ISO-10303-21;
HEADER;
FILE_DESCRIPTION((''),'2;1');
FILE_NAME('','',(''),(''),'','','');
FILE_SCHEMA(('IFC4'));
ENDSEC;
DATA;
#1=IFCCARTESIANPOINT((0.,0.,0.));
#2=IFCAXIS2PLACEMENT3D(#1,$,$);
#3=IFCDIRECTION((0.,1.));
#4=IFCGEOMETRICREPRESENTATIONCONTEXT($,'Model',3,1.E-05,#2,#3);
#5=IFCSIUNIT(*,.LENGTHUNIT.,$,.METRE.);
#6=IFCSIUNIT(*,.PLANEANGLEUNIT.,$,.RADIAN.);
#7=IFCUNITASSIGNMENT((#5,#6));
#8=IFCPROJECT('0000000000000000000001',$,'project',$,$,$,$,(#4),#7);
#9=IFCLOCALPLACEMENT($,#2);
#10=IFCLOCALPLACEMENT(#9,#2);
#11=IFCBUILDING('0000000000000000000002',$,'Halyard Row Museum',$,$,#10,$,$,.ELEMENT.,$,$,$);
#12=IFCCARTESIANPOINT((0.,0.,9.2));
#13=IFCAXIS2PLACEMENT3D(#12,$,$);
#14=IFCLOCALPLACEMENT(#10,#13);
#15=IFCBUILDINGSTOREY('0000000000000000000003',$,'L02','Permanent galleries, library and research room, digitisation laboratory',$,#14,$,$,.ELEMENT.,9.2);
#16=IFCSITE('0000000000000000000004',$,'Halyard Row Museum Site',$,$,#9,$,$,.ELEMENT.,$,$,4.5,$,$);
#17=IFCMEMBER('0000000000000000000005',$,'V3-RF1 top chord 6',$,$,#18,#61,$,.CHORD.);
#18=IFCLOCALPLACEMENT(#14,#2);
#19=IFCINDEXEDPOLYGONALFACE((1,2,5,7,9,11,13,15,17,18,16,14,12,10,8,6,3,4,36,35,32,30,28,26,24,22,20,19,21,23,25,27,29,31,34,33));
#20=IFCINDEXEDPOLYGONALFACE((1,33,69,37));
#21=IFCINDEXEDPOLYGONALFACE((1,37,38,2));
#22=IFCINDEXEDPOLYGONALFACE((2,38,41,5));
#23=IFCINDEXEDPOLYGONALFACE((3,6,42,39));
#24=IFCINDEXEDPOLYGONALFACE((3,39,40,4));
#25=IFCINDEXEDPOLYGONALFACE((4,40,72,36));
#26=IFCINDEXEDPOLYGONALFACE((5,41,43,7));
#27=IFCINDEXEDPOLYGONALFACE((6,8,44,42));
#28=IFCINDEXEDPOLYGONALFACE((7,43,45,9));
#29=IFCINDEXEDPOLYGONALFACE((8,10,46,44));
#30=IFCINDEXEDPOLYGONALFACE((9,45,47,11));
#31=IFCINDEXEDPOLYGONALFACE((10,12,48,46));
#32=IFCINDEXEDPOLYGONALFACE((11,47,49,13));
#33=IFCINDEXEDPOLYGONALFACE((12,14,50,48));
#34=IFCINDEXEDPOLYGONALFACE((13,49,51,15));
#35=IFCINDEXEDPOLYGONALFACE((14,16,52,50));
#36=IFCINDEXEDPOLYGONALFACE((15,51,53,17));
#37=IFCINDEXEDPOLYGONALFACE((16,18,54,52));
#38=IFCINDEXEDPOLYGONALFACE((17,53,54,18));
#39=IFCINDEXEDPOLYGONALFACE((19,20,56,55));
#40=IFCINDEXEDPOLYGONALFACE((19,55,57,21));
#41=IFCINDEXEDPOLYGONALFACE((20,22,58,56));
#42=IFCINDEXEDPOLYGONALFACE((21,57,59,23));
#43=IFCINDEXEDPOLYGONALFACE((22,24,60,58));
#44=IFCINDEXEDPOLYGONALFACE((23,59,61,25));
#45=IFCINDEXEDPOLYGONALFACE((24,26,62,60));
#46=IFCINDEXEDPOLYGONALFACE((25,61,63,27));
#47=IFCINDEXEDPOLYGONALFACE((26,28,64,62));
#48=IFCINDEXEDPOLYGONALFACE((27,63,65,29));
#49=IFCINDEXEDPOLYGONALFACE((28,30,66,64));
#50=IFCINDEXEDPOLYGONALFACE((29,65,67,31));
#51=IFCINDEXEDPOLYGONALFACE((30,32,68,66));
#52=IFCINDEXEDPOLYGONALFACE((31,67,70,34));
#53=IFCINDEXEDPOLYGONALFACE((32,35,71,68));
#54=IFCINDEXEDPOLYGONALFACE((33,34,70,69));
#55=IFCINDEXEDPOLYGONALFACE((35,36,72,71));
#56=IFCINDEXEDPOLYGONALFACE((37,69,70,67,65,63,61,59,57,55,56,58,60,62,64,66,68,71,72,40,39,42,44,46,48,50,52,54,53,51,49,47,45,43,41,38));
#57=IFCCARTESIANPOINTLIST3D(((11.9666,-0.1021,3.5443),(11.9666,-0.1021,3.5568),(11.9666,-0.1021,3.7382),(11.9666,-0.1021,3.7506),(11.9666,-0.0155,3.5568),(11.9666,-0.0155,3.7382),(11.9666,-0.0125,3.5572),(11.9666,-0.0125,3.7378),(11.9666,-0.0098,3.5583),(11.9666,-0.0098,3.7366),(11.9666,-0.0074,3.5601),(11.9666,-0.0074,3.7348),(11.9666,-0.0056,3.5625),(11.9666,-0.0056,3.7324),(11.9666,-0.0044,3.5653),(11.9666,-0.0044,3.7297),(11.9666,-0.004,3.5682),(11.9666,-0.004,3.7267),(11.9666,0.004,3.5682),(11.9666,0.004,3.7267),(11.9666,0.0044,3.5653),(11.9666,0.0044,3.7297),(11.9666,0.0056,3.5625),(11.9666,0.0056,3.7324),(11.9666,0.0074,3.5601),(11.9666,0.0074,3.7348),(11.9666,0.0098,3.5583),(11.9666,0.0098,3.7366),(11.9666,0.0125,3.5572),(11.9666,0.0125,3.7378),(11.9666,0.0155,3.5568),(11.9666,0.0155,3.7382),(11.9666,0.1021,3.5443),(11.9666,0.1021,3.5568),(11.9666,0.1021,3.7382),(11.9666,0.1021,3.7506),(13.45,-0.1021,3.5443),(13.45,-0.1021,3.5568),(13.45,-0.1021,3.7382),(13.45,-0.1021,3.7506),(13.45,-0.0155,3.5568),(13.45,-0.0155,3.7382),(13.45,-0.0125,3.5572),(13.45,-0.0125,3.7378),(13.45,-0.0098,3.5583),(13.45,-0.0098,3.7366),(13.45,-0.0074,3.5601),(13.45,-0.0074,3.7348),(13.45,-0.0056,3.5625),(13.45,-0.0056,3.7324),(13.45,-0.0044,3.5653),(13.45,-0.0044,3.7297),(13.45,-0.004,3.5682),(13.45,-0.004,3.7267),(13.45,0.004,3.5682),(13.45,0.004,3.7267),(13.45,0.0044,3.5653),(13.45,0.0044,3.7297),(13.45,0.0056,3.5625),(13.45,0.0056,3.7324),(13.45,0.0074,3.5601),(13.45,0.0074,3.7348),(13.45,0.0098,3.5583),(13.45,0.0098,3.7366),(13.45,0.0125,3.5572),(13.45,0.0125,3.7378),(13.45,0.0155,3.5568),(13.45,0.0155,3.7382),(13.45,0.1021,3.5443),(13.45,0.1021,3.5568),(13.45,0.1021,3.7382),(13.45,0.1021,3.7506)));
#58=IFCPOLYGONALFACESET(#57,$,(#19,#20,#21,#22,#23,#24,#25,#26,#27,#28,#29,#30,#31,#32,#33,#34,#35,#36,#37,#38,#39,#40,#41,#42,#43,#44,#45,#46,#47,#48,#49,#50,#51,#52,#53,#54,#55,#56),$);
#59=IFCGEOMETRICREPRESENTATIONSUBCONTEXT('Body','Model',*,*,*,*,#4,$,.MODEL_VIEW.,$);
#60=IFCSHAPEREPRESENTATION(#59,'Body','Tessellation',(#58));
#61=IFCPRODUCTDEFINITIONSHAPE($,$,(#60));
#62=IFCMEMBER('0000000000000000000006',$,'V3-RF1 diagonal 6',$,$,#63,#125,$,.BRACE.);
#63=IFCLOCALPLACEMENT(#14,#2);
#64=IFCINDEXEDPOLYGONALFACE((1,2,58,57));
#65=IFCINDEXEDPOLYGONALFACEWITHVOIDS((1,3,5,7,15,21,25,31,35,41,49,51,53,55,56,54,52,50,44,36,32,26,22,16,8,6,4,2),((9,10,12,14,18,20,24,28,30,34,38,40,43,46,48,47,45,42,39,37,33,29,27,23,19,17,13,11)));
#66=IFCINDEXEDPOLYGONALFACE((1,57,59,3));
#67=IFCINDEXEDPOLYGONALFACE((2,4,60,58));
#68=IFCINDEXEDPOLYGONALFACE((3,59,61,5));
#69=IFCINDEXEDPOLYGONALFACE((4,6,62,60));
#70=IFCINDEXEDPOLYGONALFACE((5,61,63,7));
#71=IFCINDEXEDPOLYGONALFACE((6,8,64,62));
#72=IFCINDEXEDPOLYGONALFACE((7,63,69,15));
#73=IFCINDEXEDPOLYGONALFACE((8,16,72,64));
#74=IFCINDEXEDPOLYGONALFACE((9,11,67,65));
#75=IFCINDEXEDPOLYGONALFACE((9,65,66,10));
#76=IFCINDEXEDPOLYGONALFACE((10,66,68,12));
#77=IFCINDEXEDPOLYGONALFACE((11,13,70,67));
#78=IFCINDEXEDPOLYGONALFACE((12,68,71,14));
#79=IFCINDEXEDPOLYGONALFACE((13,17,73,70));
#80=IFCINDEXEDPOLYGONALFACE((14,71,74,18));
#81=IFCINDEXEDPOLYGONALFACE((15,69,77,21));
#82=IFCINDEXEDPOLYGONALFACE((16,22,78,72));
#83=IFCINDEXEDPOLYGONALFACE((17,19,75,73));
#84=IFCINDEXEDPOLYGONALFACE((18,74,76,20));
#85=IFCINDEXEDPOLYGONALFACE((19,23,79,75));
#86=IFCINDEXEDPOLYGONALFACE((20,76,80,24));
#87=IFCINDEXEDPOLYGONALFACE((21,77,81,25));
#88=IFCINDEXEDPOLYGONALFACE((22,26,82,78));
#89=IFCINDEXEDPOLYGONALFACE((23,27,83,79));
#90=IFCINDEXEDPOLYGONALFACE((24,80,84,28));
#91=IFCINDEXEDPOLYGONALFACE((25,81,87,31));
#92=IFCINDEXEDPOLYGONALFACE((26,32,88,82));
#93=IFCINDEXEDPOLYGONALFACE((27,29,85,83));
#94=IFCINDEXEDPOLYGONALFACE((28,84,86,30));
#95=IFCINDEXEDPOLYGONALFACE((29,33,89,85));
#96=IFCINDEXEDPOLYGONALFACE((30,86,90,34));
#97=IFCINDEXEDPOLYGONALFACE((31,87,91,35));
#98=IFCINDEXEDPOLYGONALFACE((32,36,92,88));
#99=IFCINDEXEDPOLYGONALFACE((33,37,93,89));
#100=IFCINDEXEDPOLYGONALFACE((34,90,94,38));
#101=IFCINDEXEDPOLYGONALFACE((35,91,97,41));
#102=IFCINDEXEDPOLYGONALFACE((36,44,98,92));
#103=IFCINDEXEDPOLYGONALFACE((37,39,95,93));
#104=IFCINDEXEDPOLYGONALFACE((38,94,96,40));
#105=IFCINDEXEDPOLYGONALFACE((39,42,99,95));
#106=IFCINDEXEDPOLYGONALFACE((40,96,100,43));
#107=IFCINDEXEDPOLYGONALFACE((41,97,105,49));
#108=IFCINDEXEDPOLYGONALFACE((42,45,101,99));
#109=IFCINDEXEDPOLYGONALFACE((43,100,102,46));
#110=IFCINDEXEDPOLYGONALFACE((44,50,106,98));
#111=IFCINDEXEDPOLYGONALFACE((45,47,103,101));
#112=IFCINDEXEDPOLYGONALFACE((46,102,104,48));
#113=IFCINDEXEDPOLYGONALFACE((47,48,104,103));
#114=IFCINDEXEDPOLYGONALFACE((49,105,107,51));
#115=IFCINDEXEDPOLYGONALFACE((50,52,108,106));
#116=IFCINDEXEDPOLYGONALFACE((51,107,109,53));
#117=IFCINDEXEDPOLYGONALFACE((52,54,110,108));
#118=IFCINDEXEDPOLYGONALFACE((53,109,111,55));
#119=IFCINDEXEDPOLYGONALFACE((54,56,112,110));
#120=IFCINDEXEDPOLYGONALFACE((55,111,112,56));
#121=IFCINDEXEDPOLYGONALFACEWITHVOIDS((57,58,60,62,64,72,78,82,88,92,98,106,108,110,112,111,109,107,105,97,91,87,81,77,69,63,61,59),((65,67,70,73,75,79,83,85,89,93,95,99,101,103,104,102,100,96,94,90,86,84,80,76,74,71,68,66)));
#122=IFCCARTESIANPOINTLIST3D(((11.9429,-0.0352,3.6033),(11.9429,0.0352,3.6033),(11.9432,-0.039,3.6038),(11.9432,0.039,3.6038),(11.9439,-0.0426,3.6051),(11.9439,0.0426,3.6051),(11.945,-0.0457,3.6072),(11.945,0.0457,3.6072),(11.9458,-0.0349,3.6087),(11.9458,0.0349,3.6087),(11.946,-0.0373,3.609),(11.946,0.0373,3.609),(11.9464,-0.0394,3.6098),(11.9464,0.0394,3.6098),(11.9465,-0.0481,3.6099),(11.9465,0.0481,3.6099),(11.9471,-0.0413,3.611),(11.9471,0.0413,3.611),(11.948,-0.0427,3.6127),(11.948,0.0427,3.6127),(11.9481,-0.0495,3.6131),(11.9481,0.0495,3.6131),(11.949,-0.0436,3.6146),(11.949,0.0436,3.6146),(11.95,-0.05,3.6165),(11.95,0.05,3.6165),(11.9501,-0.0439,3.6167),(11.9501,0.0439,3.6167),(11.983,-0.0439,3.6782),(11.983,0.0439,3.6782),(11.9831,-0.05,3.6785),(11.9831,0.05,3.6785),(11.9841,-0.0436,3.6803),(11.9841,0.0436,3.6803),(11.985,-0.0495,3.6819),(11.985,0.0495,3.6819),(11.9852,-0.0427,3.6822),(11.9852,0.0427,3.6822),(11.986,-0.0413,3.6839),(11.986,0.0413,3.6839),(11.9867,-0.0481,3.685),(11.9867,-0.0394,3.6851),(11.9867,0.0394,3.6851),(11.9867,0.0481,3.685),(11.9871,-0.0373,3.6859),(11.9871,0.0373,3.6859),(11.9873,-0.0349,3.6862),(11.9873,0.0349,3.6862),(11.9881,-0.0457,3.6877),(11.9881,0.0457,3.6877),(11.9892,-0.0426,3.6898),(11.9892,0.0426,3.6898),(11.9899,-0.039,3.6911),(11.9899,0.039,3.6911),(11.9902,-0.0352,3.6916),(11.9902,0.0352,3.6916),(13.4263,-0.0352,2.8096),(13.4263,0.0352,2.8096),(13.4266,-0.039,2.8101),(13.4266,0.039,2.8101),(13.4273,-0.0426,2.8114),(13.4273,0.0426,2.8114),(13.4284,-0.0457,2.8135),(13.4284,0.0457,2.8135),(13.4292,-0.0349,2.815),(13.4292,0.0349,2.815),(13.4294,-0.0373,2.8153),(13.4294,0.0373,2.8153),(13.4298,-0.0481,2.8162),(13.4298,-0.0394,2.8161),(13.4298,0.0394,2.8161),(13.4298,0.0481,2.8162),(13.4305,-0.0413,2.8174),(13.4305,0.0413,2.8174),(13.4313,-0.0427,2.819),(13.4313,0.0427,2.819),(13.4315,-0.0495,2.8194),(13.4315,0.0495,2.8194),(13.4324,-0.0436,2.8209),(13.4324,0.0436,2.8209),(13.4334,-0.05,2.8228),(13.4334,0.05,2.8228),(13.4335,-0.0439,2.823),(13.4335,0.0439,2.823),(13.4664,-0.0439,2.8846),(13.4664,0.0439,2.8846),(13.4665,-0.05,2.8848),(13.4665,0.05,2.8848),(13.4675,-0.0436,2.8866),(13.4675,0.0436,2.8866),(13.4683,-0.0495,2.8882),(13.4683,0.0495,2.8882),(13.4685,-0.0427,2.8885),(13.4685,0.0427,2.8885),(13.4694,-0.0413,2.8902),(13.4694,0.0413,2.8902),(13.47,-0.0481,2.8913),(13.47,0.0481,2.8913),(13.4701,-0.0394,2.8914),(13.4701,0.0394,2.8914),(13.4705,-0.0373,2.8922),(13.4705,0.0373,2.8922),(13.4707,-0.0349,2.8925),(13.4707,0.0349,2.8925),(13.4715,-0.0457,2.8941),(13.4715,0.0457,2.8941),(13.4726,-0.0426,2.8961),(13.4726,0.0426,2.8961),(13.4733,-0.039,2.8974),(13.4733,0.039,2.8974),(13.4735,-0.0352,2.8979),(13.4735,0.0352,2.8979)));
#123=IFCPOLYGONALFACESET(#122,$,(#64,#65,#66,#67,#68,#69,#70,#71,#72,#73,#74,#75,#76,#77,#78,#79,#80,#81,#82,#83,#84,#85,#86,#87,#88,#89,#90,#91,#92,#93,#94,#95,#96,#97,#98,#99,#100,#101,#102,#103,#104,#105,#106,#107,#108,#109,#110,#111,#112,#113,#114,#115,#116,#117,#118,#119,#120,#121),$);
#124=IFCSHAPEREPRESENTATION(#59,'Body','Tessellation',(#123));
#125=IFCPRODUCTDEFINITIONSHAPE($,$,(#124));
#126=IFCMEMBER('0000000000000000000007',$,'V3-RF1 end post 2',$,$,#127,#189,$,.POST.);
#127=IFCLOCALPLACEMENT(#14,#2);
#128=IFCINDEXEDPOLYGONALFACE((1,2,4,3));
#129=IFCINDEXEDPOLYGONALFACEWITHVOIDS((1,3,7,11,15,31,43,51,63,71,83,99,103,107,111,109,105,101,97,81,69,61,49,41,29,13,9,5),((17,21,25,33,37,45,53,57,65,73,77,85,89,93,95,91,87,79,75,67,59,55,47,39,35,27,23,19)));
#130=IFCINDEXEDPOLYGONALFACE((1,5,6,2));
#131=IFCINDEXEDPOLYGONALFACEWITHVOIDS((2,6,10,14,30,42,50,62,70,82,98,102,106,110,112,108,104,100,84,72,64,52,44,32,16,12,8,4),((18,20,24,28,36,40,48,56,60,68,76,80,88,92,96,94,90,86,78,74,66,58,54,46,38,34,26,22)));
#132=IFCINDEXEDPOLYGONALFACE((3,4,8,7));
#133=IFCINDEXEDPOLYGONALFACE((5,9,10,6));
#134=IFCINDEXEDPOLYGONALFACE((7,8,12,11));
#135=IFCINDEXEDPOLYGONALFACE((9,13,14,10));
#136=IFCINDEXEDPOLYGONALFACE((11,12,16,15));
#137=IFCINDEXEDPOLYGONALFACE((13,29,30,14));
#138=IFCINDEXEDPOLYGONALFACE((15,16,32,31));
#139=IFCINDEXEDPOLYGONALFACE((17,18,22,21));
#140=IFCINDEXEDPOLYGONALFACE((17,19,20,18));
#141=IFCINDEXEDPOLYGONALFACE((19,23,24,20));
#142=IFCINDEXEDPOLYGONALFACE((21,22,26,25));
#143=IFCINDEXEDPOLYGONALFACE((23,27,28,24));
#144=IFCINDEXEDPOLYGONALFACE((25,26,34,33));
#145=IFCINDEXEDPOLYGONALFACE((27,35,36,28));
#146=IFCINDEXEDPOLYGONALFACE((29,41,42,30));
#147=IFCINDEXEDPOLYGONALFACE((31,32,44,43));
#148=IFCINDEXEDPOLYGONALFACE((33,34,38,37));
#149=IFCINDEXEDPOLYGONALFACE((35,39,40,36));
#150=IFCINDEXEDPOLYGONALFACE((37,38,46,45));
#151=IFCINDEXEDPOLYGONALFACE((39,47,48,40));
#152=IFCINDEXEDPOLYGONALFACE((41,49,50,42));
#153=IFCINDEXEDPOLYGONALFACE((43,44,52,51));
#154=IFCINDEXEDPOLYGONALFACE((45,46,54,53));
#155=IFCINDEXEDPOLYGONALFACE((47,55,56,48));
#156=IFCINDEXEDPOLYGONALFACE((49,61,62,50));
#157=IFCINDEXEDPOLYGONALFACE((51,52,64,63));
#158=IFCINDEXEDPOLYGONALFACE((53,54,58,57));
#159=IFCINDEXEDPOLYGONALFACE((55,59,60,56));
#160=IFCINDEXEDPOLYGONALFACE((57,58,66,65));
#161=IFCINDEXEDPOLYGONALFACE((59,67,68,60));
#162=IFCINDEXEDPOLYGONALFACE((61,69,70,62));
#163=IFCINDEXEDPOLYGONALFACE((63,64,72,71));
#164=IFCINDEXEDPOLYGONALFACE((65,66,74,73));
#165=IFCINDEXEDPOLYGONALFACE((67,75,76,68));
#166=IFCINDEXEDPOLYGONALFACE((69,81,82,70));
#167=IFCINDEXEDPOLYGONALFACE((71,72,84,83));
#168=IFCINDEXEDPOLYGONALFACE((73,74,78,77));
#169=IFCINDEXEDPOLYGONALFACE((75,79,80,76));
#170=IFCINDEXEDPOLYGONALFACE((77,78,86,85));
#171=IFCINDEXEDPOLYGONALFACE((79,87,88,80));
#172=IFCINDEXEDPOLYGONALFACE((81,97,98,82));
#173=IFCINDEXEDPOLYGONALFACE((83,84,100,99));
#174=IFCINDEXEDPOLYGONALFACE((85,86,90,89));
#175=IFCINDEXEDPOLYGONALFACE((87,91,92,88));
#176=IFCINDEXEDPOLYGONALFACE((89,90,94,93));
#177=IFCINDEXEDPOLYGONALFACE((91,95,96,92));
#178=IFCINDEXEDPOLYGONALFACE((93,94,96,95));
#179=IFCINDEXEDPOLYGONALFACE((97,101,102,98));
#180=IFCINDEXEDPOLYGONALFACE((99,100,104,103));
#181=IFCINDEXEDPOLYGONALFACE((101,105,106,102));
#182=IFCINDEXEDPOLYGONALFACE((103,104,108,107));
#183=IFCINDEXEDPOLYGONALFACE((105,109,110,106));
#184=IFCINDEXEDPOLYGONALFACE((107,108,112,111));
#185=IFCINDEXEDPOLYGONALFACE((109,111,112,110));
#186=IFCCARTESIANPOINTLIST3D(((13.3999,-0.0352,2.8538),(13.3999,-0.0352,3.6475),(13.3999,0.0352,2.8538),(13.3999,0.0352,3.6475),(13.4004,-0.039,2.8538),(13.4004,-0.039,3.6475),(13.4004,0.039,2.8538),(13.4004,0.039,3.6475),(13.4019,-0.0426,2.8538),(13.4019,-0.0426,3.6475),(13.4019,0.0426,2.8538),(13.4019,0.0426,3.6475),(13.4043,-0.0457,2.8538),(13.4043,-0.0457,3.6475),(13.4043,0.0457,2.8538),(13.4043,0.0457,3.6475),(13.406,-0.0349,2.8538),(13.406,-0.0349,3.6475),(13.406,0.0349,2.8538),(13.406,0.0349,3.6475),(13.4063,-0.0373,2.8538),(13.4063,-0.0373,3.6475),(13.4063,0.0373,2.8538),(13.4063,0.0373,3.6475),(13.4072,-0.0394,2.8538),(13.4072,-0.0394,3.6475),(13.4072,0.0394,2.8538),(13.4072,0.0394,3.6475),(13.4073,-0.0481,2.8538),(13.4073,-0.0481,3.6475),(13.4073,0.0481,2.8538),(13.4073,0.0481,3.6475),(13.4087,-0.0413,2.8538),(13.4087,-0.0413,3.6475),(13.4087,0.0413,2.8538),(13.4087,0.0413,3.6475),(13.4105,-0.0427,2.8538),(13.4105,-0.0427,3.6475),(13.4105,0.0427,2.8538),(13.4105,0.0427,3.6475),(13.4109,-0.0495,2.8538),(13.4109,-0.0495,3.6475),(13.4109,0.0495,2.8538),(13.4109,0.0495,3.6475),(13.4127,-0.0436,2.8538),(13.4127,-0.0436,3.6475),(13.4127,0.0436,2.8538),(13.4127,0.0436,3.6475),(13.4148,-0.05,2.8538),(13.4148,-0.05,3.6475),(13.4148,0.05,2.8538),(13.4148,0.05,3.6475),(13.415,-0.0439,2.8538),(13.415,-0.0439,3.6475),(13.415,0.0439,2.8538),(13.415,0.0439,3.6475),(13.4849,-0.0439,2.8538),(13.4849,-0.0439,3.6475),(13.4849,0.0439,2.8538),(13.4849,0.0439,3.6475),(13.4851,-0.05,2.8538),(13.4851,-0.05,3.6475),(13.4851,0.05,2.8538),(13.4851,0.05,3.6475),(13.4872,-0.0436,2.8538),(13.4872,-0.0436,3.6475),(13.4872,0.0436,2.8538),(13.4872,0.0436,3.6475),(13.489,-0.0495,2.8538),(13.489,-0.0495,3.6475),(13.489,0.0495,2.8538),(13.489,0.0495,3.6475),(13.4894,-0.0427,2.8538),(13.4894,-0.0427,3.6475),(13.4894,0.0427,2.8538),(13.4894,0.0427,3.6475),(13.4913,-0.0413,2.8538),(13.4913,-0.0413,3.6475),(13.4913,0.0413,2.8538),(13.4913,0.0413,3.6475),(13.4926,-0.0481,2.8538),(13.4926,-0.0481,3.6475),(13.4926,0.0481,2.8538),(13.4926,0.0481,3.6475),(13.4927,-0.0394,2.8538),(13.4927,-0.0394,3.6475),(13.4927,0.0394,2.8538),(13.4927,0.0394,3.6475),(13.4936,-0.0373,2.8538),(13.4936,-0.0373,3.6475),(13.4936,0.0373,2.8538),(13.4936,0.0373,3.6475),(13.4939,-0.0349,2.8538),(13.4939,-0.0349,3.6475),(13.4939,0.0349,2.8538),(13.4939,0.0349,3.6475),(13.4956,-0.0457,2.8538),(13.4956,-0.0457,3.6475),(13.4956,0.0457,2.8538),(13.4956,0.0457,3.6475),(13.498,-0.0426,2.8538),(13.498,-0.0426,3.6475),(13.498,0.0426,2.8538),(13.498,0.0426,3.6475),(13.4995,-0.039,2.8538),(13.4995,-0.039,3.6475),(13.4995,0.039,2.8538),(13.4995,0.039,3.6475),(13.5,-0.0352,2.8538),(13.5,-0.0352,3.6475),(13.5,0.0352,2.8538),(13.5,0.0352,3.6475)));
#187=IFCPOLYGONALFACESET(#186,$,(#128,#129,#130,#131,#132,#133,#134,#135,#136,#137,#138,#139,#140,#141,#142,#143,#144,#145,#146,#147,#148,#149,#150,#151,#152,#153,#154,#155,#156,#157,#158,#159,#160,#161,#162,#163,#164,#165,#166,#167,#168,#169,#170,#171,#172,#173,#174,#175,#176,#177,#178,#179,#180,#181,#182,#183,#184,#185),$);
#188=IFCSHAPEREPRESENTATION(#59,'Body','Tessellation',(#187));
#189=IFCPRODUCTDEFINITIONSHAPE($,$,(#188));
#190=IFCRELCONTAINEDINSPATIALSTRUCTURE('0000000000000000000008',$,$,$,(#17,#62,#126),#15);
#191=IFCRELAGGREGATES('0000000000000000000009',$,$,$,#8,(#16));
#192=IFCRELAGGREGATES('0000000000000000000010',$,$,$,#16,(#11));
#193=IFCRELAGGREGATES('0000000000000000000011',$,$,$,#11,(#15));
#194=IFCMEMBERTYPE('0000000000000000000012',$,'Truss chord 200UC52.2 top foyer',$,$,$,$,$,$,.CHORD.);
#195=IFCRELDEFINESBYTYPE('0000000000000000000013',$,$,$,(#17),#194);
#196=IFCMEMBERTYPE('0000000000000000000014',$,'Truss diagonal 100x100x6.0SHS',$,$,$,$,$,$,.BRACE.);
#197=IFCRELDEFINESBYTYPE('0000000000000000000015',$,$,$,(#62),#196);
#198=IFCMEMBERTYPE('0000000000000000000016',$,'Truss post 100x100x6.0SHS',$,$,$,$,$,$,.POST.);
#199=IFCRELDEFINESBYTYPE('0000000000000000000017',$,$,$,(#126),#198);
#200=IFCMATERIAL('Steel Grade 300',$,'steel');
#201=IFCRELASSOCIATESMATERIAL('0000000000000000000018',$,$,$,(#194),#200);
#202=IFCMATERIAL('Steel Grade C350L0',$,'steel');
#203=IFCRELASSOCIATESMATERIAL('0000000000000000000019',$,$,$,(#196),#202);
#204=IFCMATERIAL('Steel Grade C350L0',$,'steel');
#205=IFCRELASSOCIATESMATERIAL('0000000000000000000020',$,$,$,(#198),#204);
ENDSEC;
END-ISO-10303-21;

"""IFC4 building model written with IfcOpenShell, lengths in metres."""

from ifc_helpers import new_model, si_unit, direction, frame, origin, origin_2d, place, context, subcontext, project, spatial, hollow_rectangle, i_section, extrude, material, material_profile, profile_set, type_object, element, save


model = new_model("IFC4")

# Units and contexts
model_context = context("Model", 3, precision=1e-05, world=origin(), true_north=direction((0.0, 1.0)))
body_context = subcontext(model_context, "Body", "Model", "MODEL_VIEW")
ifc_project = project(units=[si_unit("LENGTHUNIT", "METRE"), si_unit("PLANEANGLEUNIT", "RADIAN")], contexts=[model_context])

# Site, building, storey
site_placement = place(None, origin())
site = spatial("IfcSite", under=ifc_project, at=site_placement, Name="Halyard Row Museum Site", CompositionType="ELEMENT", RefElevation=4.5)
building_placement = place(site_placement, origin())
building = spatial("IfcBuilding", under=site, at=building_placement, Name="Halyard Row Museum", CompositionType="ELEMENT")
storey_placement = place(building_placement, frame((0.0, 0.0, 9.2)))
storey = spatial("IfcBuildingStorey", under=building, at=storey_placement, Name="L02", Description="Permanent galleries, library and research room, digitisation laboratory", CompositionType="ELEMENT", Elevation=9.2)

# Members
ifc_material_1 = material(Name="Steel Grade 300", Category="steel")
ifc_material_profile_1 = material_profile(ifc_material_1, i_section(OverallWidth=0.2041, OverallDepth=0.2063, WebThickness=0.0081, FlangeThickness=0.0125, FilletRadius=0.0115, at=origin_2d()), Name="200UC52.2")
ifc_profile_set_1 = profile_set([ifc_material_profile_1], Name="Steel Grade 300")
member_type_1 = type_object("IfcMemberType", Name="Truss chord 200UC52.2 top foyer", PredefinedType="CHORD", material=ifc_profile_set_1)
member_1_placement = place(storey_placement, frame((11.9666, 0.0, 3.6475), z_axis=(1.0, 0.0, 0.0), x_axis=(0.0, 1.0, 0.0)))
element("IfcMember", 1, at=member_1_placement, inside=storey, type_object=member_type_1, Name="V3-RF1 top chord 6", PredefinedType="CHORD", context=body_context, shape_type="SweptSolid", body=[
    extrude(i_section(OverallWidth=0.2041, OverallDepth=0.2063, WebThickness=0.0081, FlangeThickness=0.0125, FilletRadius=0.0115, at=origin_2d()), origin(), (0.0, 0.0, 1.0), 1.4834),
])
ifc_material_2 = material(Name="Steel Grade C350L0", Category="steel")
ifc_material_profile_2 = material_profile(ifc_material_2, hollow_rectangle(XDim=0.1001, YDim=0.1001, WallThickness=0.0061, InnerFilletRadius=0.009, OuterFilletRadius=0.0149, at=origin_2d()), Name="100x100x6.0SHS")
ifc_profile_set_2 = profile_set([ifc_material_profile_2], Name="Steel Grade C350L0")
member_type_2 = type_object("IfcMemberType", Name="Truss diagonal 100x100x6.0SHS", PredefinedType="BRACE", material=ifc_profile_set_2)
member_2_placement = place(storey_placement, frame((11.9666, 0.0, 3.6475), z_axis=(0.881721, 0.0, -0.47177), x_axis=(0.0, 1.0, 0.0)))
element("IfcMember", 2, at=member_2_placement, inside=storey, type_object=member_type_2, Name="V3-RF1 diagonal 6", PredefinedType="BRACE", context=body_context, shape_type="SweptSolid", body=[
    extrude(hollow_rectangle(XDim=0.1001, YDim=0.1001, WallThickness=0.0061, InnerFilletRadius=0.009, OuterFilletRadius=0.0149, at=origin_2d()), origin(), (0.0, 0.0, 1.0), 1.6824),
])
ifc_material_3 = material(Name="Steel Grade C350L0", Category="steel")
ifc_material_profile_3 = material_profile(ifc_material_3, hollow_rectangle(XDim=0.1001, YDim=0.1001, WallThickness=0.0061, InnerFilletRadius=0.009, OuterFilletRadius=0.0149, at=origin_2d()), Name="100x100x6.0SHS")
ifc_profile_set_3 = profile_set([ifc_material_profile_3], Name="Steel Grade C350L0")
member_type_3 = type_object("IfcMemberType", Name="Truss post 100x100x6.0SHS", PredefinedType="POST", material=ifc_profile_set_3)
member_3_placement = place(storey_placement, frame((13.45, 0.0, 2.8538), z_axis=(0.0, 0.0, 1.0), x_axis=(1.0, 0.0, 0.0)))
element("IfcMember", 3, at=member_3_placement, inside=storey, type_object=member_type_3, Name="V3-RF1 end post 2", PredefinedType="POST", context=body_context, shape_type="SweptSolid", body=[
    extrude(hollow_rectangle(XDim=0.1001, YDim=0.1001, WallThickness=0.0061, InnerFilletRadius=0.009, OuterFilletRadius=0.0149, at=origin_2d()), origin(), (0.0, 0.0, 1.0), 0.7937),
])

save(model, "model.ifc")
